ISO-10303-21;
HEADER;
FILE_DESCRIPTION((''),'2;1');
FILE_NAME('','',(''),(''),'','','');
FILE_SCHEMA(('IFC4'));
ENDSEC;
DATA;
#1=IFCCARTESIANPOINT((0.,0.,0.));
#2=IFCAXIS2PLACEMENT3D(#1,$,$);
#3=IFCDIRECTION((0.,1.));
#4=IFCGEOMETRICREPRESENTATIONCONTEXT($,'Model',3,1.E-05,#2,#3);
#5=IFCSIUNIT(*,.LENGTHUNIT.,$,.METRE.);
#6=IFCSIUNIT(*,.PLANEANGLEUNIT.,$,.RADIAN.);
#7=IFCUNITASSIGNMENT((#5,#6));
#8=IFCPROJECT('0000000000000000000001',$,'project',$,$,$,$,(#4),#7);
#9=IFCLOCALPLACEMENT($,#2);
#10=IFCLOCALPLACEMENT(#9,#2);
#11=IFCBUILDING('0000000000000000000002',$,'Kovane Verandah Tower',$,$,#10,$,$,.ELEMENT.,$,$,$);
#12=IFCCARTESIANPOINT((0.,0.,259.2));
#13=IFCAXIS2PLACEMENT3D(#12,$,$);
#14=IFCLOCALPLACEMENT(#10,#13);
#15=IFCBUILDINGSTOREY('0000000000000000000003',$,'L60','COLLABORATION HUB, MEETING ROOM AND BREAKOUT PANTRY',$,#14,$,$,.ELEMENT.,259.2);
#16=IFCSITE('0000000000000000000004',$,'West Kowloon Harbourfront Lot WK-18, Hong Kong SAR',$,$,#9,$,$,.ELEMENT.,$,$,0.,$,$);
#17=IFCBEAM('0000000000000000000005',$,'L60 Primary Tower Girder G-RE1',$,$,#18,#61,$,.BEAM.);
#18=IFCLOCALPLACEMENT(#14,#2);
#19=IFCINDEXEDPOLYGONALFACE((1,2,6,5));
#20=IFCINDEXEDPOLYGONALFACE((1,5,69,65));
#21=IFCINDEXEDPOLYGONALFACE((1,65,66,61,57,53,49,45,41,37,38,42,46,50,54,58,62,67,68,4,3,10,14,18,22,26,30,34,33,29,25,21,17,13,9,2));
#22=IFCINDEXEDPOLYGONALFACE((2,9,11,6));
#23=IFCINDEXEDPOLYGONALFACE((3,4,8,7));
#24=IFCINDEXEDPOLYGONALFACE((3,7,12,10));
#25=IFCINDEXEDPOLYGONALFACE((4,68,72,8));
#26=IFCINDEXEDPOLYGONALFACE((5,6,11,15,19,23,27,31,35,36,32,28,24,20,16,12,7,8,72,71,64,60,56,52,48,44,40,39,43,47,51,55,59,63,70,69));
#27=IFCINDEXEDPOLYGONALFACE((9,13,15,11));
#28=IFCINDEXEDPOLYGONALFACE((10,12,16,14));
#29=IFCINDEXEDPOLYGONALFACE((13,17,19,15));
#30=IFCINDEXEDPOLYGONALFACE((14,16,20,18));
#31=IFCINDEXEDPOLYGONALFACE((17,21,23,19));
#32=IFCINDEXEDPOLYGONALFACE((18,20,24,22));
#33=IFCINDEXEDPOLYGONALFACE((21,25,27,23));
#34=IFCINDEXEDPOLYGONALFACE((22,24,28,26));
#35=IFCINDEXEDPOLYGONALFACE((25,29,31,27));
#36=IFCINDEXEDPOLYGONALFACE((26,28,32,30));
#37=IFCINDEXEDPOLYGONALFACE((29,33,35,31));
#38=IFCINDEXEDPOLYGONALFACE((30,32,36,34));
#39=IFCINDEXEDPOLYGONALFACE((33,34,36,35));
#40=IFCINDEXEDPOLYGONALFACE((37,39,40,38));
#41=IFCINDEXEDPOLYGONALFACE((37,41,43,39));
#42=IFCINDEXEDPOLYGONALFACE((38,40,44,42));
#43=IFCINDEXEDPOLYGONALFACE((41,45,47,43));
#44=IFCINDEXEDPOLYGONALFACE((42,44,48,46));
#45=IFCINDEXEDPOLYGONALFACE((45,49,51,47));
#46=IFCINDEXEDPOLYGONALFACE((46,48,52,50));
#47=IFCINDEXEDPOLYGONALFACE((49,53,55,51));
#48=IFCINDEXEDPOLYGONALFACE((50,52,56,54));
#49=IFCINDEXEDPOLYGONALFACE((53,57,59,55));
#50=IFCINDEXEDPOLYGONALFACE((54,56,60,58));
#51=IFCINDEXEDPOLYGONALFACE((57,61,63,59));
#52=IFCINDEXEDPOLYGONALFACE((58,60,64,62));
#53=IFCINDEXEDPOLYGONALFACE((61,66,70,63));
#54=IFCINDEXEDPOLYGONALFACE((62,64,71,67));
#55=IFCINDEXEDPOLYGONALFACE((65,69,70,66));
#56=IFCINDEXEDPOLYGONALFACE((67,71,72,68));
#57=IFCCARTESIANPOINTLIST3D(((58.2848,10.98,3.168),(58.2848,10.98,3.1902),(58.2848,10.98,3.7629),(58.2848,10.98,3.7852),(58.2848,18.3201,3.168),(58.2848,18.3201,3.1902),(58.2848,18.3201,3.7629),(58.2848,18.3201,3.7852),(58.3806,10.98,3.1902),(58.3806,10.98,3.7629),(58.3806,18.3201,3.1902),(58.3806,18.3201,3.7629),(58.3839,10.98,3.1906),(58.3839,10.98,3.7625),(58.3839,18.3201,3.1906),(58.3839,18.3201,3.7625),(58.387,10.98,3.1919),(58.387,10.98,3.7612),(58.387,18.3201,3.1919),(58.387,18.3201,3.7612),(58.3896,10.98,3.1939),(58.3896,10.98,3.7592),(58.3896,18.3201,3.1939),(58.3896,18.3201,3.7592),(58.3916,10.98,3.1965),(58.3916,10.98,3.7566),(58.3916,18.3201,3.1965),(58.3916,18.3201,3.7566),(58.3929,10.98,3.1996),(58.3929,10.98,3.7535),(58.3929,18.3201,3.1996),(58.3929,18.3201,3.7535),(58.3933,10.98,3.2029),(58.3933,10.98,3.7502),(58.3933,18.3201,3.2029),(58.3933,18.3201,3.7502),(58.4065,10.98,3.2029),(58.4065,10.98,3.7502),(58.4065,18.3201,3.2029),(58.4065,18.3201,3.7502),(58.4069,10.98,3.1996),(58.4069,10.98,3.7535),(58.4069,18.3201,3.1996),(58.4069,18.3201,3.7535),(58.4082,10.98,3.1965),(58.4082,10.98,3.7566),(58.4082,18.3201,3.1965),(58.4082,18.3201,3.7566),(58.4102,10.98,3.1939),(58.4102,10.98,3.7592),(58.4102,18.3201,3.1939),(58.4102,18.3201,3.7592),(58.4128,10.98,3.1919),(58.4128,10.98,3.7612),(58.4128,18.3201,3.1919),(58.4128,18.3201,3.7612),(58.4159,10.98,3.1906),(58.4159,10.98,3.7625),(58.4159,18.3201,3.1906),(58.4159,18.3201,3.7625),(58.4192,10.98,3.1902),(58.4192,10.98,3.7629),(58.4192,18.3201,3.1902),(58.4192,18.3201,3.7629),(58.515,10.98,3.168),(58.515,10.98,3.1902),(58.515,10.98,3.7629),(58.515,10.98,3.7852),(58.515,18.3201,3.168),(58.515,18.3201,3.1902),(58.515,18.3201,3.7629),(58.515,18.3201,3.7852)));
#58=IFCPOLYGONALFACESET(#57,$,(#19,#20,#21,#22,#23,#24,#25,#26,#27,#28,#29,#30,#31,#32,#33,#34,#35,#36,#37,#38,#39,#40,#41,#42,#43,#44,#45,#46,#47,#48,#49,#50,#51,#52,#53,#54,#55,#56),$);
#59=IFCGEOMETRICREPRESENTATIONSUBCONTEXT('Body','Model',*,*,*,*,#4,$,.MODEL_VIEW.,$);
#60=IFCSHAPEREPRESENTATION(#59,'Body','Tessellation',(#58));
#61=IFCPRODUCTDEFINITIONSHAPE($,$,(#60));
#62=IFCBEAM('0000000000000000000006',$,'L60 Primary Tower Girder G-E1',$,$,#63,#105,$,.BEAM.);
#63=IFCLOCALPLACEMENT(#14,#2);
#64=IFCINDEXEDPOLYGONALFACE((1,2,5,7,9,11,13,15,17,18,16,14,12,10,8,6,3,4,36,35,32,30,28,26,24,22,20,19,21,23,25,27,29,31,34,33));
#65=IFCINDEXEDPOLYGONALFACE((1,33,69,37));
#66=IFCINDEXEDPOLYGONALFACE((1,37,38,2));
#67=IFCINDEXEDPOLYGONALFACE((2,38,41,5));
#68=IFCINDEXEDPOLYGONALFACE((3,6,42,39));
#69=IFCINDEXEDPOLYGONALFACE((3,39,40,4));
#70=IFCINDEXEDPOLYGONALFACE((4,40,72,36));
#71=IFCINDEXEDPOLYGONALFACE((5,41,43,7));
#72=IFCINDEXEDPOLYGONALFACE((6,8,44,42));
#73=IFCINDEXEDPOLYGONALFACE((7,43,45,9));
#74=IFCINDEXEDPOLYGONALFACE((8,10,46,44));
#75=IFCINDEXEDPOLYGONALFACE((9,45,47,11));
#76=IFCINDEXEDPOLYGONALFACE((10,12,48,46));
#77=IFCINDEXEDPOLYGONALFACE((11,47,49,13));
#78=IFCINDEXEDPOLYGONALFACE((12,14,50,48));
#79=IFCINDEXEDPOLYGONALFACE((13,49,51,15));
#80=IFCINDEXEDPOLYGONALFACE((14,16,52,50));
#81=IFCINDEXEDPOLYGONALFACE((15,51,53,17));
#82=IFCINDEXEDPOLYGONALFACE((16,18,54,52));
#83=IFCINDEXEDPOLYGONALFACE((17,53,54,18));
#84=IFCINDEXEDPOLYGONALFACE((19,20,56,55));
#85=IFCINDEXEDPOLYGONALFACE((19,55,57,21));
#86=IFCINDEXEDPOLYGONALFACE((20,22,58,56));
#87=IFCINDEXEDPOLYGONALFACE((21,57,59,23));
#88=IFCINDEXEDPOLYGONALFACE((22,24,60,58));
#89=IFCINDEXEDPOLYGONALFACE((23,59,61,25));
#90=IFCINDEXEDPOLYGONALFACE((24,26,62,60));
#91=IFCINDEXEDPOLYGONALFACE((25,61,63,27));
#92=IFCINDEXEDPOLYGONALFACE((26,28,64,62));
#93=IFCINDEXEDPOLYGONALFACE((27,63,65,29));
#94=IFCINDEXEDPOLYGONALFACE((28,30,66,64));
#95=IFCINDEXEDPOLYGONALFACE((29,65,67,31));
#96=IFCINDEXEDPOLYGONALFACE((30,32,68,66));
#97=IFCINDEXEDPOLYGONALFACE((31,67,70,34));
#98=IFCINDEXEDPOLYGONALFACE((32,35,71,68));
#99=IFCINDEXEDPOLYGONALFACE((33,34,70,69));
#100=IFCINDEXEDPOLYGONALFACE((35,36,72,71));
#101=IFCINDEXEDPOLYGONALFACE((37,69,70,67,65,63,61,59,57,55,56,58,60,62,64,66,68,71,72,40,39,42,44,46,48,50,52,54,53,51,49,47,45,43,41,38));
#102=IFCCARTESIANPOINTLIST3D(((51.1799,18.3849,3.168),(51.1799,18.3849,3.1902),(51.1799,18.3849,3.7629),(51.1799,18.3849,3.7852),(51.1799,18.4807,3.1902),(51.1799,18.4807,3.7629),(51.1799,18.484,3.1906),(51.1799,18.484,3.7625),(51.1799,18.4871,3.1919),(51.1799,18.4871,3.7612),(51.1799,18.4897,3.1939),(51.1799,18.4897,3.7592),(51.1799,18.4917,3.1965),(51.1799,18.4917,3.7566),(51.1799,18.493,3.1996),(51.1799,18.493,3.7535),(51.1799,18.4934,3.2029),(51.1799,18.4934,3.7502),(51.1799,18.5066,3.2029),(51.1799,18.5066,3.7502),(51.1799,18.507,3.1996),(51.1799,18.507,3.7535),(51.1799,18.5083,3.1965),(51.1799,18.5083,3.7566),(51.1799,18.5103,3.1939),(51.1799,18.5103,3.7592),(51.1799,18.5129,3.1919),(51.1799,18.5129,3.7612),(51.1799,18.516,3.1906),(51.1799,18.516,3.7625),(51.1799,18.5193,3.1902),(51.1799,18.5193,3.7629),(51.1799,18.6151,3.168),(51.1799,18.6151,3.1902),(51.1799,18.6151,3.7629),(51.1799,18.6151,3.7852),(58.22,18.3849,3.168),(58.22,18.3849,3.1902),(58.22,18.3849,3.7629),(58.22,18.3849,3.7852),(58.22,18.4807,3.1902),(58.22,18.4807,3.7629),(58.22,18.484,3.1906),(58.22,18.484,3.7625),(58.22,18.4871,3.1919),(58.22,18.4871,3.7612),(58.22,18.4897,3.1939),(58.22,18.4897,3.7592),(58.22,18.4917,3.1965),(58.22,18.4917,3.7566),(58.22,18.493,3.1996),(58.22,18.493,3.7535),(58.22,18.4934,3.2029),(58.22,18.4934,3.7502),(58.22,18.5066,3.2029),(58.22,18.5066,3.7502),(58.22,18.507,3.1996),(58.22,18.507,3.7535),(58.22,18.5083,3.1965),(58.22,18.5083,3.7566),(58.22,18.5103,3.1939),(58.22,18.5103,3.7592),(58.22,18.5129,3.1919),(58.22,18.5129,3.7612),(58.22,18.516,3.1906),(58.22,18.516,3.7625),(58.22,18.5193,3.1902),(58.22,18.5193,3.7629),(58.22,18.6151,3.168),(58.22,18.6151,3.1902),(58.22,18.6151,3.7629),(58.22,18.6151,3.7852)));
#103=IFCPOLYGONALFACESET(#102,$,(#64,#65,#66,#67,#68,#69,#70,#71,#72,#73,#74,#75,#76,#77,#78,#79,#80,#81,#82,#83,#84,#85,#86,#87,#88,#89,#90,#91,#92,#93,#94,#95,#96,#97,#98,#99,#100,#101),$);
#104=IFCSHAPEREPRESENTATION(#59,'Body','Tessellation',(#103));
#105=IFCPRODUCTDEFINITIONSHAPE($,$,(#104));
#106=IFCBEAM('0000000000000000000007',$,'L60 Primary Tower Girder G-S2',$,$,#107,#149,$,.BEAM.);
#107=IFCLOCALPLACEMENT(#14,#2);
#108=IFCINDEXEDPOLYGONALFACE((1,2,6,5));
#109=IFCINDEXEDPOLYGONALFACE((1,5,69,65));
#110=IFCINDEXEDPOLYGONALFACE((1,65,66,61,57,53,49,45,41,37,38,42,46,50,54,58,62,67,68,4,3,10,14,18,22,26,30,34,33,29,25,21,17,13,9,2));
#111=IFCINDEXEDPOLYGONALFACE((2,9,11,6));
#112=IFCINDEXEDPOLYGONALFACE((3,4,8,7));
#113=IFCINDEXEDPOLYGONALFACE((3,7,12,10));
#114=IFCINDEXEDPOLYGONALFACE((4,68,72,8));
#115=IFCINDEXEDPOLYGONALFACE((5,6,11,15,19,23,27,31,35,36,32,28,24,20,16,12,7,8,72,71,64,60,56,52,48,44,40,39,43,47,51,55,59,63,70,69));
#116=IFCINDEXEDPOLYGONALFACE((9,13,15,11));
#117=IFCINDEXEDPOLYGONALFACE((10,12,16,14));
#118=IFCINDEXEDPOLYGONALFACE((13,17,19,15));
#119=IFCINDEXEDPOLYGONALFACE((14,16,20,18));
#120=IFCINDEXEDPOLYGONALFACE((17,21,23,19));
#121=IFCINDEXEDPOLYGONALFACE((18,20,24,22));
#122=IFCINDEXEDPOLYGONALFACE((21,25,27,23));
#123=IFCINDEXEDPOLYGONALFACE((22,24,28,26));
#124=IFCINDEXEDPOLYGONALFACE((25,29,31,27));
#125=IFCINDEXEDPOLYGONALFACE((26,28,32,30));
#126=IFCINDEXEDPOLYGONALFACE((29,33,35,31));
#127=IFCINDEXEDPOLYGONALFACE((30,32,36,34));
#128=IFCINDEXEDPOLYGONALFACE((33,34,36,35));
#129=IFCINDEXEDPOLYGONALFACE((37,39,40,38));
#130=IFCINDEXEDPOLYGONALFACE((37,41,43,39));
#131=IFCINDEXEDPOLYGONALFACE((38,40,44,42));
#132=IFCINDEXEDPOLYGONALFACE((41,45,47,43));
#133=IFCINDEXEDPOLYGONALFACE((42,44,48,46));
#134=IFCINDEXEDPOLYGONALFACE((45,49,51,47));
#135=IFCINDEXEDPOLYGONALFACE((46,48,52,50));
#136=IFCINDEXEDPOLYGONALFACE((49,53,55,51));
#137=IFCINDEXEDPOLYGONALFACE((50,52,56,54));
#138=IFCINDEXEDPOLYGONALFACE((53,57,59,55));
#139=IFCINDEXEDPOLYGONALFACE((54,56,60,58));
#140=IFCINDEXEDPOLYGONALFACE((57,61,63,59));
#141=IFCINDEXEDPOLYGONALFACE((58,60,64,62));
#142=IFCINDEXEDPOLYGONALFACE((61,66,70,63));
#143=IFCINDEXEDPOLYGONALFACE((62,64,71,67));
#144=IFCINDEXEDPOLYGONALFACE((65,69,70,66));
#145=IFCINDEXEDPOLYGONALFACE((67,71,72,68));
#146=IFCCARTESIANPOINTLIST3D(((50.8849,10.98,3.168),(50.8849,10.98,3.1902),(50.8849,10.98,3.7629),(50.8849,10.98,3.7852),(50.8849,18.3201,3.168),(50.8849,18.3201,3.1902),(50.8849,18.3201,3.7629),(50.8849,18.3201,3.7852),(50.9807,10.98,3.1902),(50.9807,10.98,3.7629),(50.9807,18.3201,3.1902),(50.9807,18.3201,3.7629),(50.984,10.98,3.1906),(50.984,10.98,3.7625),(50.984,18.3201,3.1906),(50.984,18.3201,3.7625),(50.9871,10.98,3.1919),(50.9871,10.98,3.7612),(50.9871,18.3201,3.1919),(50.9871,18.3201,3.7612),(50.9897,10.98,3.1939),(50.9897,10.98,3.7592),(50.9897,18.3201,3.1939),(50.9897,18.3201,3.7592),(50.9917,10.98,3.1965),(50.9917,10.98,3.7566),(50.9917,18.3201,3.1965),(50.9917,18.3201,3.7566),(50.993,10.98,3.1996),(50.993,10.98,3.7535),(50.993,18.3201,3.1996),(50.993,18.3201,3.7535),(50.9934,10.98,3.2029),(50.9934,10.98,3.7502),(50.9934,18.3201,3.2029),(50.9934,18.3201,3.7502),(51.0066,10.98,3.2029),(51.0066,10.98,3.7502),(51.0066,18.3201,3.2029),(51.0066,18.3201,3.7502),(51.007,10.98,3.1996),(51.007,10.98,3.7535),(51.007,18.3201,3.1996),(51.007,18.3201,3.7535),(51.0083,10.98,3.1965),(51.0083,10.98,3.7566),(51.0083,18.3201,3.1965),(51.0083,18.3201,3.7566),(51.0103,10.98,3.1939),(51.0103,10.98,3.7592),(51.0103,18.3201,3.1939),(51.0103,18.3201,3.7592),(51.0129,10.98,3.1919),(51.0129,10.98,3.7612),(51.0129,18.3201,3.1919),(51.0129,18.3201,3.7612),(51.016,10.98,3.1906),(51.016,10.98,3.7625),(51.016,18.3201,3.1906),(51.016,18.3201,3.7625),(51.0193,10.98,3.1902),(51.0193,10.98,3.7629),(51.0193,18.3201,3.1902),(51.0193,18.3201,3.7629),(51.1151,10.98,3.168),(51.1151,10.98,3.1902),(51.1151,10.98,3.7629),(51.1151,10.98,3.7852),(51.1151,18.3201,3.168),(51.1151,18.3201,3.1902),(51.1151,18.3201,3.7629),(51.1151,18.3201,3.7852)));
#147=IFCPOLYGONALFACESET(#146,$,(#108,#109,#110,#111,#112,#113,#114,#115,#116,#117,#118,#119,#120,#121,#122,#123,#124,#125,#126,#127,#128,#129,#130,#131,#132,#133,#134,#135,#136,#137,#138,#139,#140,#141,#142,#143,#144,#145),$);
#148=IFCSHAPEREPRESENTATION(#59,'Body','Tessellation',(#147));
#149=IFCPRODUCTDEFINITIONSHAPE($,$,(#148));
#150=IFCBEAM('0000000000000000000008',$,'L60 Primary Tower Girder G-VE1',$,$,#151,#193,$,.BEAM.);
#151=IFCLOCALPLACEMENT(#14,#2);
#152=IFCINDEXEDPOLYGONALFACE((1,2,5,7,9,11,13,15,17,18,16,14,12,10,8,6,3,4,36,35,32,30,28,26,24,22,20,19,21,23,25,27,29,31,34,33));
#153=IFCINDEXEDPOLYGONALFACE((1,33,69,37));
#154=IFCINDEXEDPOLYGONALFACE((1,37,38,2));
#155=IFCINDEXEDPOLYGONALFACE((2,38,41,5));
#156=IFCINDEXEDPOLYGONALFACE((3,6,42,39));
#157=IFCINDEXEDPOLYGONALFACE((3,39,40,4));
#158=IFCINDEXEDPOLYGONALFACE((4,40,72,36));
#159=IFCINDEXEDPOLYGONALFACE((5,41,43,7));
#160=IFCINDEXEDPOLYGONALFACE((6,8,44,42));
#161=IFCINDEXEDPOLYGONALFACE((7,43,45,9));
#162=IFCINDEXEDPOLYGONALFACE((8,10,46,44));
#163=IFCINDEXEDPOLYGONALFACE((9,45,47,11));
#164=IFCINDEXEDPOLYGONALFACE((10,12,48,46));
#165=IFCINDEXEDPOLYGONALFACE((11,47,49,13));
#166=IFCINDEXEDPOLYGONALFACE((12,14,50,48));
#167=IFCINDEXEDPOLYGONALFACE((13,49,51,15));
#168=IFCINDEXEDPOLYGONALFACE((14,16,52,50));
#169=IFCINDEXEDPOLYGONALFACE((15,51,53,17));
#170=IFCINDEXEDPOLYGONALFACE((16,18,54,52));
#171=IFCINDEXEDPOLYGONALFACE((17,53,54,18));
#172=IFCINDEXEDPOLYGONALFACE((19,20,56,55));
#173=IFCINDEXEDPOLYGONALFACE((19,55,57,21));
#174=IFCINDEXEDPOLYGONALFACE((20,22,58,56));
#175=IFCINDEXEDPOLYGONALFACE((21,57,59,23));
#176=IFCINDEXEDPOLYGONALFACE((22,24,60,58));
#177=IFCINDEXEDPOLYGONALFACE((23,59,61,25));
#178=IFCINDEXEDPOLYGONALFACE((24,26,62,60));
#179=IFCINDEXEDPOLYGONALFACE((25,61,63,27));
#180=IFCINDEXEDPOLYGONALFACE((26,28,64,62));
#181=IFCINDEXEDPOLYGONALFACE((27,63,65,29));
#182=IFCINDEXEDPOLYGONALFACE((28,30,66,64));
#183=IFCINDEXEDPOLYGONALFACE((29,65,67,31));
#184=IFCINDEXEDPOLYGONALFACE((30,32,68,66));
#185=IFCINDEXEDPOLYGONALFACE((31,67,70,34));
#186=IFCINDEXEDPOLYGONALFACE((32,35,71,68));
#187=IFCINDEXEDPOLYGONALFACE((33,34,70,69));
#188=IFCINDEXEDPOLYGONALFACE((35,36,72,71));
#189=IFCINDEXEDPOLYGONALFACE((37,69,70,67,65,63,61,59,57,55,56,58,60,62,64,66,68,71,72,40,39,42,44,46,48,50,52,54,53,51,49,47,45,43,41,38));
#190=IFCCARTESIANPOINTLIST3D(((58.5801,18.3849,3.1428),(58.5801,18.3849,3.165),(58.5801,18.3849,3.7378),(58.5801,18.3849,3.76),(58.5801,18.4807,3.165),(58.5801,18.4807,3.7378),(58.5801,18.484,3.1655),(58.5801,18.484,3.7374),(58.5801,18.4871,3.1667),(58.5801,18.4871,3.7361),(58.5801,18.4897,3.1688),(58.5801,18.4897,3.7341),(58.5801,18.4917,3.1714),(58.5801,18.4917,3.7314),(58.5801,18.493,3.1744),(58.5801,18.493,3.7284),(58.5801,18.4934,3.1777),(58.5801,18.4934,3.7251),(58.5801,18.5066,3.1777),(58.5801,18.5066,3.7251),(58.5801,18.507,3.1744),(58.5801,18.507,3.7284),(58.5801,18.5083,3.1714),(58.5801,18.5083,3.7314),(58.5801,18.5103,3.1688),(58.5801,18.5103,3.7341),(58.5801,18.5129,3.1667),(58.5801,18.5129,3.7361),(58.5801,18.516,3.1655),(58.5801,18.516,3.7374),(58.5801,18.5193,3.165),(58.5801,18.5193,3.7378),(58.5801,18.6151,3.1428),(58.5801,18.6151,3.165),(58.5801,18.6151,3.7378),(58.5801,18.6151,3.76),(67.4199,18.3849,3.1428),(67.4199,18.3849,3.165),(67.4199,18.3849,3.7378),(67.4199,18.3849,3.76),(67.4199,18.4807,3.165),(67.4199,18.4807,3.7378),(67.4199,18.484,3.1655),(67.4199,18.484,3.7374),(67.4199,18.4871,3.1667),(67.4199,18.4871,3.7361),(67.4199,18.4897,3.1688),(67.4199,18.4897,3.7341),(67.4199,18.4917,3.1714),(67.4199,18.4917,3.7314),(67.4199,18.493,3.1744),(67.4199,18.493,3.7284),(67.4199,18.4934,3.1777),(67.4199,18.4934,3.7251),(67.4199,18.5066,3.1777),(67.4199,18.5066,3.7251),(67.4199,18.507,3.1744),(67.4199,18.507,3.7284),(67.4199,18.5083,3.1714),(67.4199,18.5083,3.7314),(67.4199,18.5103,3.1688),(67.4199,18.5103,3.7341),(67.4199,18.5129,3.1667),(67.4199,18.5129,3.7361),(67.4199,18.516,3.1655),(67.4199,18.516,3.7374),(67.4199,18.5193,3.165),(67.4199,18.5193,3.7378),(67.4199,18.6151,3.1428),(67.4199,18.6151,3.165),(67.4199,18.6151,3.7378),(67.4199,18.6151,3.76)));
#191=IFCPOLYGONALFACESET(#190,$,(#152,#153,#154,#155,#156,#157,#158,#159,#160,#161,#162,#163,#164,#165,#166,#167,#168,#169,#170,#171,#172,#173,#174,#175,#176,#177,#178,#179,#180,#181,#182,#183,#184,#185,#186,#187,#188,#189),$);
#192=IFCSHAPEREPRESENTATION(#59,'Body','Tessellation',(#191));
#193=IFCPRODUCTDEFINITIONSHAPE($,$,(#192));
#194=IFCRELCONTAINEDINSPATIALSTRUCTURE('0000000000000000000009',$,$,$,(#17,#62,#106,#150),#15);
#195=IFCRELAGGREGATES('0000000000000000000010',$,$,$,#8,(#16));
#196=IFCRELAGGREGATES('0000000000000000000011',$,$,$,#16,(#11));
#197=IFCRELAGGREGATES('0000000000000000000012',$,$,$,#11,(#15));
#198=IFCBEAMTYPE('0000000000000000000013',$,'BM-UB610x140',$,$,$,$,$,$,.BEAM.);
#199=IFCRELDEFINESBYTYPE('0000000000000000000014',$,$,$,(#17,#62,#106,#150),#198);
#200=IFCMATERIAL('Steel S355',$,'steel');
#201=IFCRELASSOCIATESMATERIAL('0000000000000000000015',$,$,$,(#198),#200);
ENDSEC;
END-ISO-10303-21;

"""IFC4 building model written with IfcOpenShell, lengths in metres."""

from ifc_helpers import new_model, si_unit, direction, frame, origin, origin_2d, place, context, subcontext, project, spatial, i_section, extrude, material, material_profile, profile_set, type_object, element, save


model = new_model("IFC4")

# Units and contexts
model_context = context("Model", 3, precision=1e-05, world=origin(), true_north=direction((0.0, 1.0)))
body_context = subcontext(model_context, "Body", "Model", "MODEL_VIEW")
ifc_project = project(units=[si_unit("LENGTHUNIT", "METRE"), si_unit("PLANEANGLEUNIT", "RADIAN")], contexts=[model_context])

# Site, building, storey
site_placement = place(None, origin())
site = spatial("IfcSite", under=ifc_project, at=site_placement, Name="West Kowloon Harbourfront Lot WK-18, Hong Kong SAR", CompositionType="ELEMENT", RefElevation=0.0)
building_placement = place(site_placement, origin())
building = spatial("IfcBuilding", under=site, at=building_placement, Name="Kovane Verandah Tower", CompositionType="ELEMENT")
storey_placement = place(building_placement, frame((0.0, 0.0, 259.2)))
storey = spatial("IfcBuildingStorey", under=building, at=storey_placement, Name="L60", Description="COLLABORATION HUB, MEETING ROOM AND BREAKOUT PANTRY", CompositionType="ELEMENT", Elevation=259.2)

# Beams
ifc_material_1 = material(Name="Steel S355", Category="steel")
ifc_material_profile_1 = material_profile(ifc_material_1, i_section(OverallWidth=0.2302, OverallDepth=0.6172, WebThickness=0.0132, FlangeThickness=0.0222, FilletRadius=0.0127, at=origin_2d()), Name="UB610x229x140")
ifc_profile_set_1 = profile_set([ifc_material_profile_1], Name="Steel S355")
beam_type_1 = type_object("IfcBeamType", Name="BM-UB610x140", PredefinedType="BEAM", material=ifc_profile_set_1)
beam_1_placement = place(storey_placement, frame((58.3999, 10.98, 3.4766), z_axis=(0.0, 1.0, 0.0), x_axis=(-1.0, 0.0, 0.0)))
element("IfcBeam", 1, at=beam_1_placement, inside=storey, type_object=beam_type_1, Name="L60 Primary Tower Girder G-RE1", PredefinedType="BEAM", context=body_context, shape_type="SweptSolid", body=[
    extrude(i_section(OverallWidth=0.2302, OverallDepth=0.6172, WebThickness=0.0132, FlangeThickness=0.0222, FilletRadius=0.0127, at=origin_2d()), origin(), (0.0, 0.0, 1.0), 7.3401),
])
beam_2_placement = place(storey_placement, frame((51.1799, 18.5, 3.4766), z_axis=(1.0, 0.0, 0.0), x_axis=(0.0, 1.0, 0.0)))
element("IfcBeam", 2, at=beam_2_placement, inside=storey, type_object=beam_type_1, Name="L60 Primary Tower Girder G-E1", PredefinedType="BEAM", context=body_context, shape_type="SweptSolid", body=[
    extrude(i_section(OverallWidth=0.2302, OverallDepth=0.6172, WebThickness=0.0132, FlangeThickness=0.0222, FilletRadius=0.0127, at=origin_2d()), origin(), (0.0, 0.0, 1.0), 7.04),
])
beam_3_placement = place(storey_placement, frame((51.0, 18.3201, 3.4766), z_axis=(0.0, -1.0, 0.0), x_axis=(1.0, 0.0, 0.0)))
element("IfcBeam", 3, at=beam_3_placement, inside=storey, type_object=beam_type_1, Name="L60 Primary Tower Girder G-S2", PredefinedType="BEAM", context=body_context, shape_type="SweptSolid", body=[
    extrude(i_section(OverallWidth=0.2302, OverallDepth=0.6172, WebThickness=0.0132, FlangeThickness=0.0222, FilletRadius=0.0127, at=origin_2d()), origin(), (0.0, 0.0, 1.0), 7.3401),
])
beam_4_placement = place(storey_placement, frame((58.5801, 18.5, 3.4514), z_axis=(1.0, 0.0, 0.0), x_axis=(0.0, 1.0, 0.0)))
element("IfcBeam", 4, at=beam_4_placement, inside=storey, type_object=beam_type_1, Name="L60 Primary Tower Girder G-VE1", PredefinedType="BEAM", context=body_context, shape_type="SweptSolid", body=[
    extrude(i_section(OverallWidth=0.2302, OverallDepth=0.6172, WebThickness=0.0132, FlangeThickness=0.0222, FilletRadius=0.0127, at=origin_2d()), origin(), (0.0, 0.0, 1.0), 8.8398),
])

save(model, "model.ifc")
